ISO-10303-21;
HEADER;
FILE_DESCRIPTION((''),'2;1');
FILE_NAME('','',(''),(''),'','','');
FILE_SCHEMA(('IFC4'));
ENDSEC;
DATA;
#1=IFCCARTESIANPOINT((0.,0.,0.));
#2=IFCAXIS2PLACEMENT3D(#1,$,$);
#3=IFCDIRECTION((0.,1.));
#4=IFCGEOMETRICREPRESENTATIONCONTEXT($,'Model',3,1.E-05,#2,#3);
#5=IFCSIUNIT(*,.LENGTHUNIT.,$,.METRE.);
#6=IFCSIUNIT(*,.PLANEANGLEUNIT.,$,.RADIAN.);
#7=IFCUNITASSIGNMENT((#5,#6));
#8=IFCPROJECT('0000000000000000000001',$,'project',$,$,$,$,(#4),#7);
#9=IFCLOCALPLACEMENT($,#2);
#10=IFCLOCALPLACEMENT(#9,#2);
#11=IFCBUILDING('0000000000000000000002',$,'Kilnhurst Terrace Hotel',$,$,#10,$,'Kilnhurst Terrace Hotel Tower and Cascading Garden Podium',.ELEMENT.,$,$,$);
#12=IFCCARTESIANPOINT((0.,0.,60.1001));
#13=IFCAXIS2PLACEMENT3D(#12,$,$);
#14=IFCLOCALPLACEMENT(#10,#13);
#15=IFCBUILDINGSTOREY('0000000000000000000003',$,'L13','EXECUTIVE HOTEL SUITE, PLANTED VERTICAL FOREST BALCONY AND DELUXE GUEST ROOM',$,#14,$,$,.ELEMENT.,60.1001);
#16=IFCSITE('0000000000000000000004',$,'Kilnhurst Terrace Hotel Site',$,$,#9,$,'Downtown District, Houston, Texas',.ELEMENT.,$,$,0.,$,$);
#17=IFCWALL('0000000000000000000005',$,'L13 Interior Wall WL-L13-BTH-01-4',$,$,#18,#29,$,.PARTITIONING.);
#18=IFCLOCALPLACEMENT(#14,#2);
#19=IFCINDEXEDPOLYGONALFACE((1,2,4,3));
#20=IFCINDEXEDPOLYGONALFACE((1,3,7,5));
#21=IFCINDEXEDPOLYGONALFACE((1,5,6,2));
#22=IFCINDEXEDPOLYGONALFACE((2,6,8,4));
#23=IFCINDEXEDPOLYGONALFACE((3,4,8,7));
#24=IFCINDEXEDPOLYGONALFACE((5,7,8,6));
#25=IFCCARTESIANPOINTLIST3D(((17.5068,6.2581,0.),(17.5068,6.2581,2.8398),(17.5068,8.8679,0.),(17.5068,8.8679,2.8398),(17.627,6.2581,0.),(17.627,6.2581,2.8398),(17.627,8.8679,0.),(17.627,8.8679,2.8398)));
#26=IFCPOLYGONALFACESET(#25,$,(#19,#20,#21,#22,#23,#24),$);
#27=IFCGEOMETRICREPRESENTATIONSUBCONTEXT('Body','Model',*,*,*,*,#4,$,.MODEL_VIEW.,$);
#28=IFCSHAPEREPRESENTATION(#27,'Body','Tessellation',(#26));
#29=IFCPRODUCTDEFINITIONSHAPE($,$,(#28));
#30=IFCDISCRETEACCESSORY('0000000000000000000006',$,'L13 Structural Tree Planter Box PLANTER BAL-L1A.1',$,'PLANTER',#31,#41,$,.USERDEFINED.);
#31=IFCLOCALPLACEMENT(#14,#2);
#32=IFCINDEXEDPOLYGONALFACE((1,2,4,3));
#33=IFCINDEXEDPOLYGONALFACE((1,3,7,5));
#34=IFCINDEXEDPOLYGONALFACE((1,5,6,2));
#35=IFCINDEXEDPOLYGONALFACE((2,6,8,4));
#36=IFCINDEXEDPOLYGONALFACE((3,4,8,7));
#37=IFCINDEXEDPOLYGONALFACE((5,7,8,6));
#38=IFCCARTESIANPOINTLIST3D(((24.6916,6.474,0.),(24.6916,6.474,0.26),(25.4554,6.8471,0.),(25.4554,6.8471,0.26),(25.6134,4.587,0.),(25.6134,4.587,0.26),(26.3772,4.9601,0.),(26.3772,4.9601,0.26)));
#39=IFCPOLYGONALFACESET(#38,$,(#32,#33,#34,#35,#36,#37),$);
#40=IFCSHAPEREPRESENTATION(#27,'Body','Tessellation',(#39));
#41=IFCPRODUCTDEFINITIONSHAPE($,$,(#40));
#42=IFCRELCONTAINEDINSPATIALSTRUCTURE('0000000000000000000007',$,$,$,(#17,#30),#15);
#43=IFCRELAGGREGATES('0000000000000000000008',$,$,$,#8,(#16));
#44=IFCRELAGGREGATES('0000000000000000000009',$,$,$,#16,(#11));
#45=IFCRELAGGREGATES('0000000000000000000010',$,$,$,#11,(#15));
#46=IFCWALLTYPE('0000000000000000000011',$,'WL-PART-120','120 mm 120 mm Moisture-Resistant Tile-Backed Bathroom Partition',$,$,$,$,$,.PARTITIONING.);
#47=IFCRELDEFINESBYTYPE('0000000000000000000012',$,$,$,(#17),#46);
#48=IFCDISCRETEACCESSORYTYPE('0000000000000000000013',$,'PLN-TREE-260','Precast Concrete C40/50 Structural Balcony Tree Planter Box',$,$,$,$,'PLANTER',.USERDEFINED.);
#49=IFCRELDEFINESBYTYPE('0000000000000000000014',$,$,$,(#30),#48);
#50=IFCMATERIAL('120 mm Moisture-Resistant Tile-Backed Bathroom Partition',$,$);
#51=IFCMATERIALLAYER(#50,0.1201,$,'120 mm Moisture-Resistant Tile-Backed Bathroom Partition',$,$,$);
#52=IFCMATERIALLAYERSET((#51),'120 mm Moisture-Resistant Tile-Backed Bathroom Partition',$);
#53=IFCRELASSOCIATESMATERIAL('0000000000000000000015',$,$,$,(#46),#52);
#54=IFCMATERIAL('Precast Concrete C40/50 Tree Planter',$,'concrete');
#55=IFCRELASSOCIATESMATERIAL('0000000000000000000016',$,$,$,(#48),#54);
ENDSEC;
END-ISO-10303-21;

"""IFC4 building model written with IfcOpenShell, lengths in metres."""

from ifc_helpers import new_model, si_unit, direction, frame, frame_2d, origin, origin_2d, place, context, subcontext, project, spatial, rectangle, extrude, material, layer, layer_set, type_object, element, save


model = new_model("IFC4")

# Units and contexts
model_context = context("Model", 3, precision=1e-05, world=origin(), true_north=direction((0.0, 1.0)))
body_context = subcontext(model_context, "Body", "Model", "MODEL_VIEW")
ifc_project = project(units=[si_unit("LENGTHUNIT", "METRE"), si_unit("PLANEANGLEUNIT", "RADIAN")], contexts=[model_context])

# Site, building, storey
site_placement = place(None, origin())
site = spatial("IfcSite", under=ifc_project, at=site_placement, Name="Kilnhurst Terrace Hotel Site", LongName="Downtown District, Houston, Texas", CompositionType="ELEMENT", RefElevation=0.0)
building_placement = place(site_placement, origin())
building = spatial("IfcBuilding", under=site, at=building_placement, Name="Kilnhurst Terrace Hotel", LongName="Kilnhurst Terrace Hotel Tower and Cascading Garden Podium", CompositionType="ELEMENT")
storey_placement = place(building_placement, frame((0.0, 0.0, 60.1001)))
storey = spatial("IfcBuildingStorey", under=building, at=storey_placement, Name="L13", Description="EXECUTIVE HOTEL SUITE, PLANTED VERTICAL FOREST BALCONY AND DELUXE GUEST ROOM", CompositionType="ELEMENT", Elevation=60.1001)

# Shared definitions
ifc_material_1 = material(Name="120 mm Moisture-Resistant Tile-Backed Bathroom Partition")
ifc_layer_1 = layer(ifc_material_1, 0.1201, Name="120 mm Moisture-Resistant Tile-Backed Bathroom Partition")
ifc_layer_set_1 = layer_set([ifc_layer_1], Name="120 mm Moisture-Resistant Tile-Backed Bathroom Partition")
wall_type_1 = type_object("IfcWallType", Name="WL-PART-120", Description="120 mm 120 mm Moisture-Resistant Tile-Backed Bathroom Partition", PredefinedType="PARTITIONING", material=ifc_layer_set_1)

# Wall
wall_1_placement = place(storey_placement, frame((17.5669, 8.8679, 0.0), z_axis=(0.0, 0.0, 1.0), x_axis=(0.0, -1.0, 0.0)))
element("IfcWall", 1, at=wall_1_placement, inside=storey, type_object=wall_type_1, Name="L13 Interior Wall WL-L13-BTH-01-4", PredefinedType="PARTITIONING", context=body_context, shape_type="SweptSolid", body=[
    extrude(rectangle(XDim=2.6099, YDim=0.1201, at=frame_2d((1.3049, 0.0))), origin(), (0.0, 0.0, 1.0), 2.8398),
])

# Discrete accessory
ifc_material_2 = material(Name="Precast Concrete C40/50 Tree Planter", Category="concrete")
discrete_accessory_type = type_object("IfcDiscreteAccessoryType", Name="PLN-TREE-260", Description="Precast Concrete C40/50 Structural Balcony Tree Planter Box", ElementType="PLANTER", PredefinedType="USERDEFINED", material=ifc_material_2)
discrete_accessory_placement = place(storey_placement, frame((25.5344, 5.717, 0.0), z_axis=(0.0, 0.0, 1.0), x_axis=(-0.438936, 0.898518, 0.0)))
element("IfcDiscreteAccessory", 2, at=discrete_accessory_placement, inside=storey, type_object=discrete_accessory_type, Name="L13 Structural Tree Planter Box PLANTER BAL-L1A.1", ObjectType="PLANTER", PredefinedType="USERDEFINED", context=body_context, shape_type="SweptSolid", body=[
    extrude(rectangle(XDim=2.1001, YDim=0.8501, at=origin_2d()), origin(), (0.0, 0.0, 1.0), 0.26),
])

save(model, "model.ifc")
